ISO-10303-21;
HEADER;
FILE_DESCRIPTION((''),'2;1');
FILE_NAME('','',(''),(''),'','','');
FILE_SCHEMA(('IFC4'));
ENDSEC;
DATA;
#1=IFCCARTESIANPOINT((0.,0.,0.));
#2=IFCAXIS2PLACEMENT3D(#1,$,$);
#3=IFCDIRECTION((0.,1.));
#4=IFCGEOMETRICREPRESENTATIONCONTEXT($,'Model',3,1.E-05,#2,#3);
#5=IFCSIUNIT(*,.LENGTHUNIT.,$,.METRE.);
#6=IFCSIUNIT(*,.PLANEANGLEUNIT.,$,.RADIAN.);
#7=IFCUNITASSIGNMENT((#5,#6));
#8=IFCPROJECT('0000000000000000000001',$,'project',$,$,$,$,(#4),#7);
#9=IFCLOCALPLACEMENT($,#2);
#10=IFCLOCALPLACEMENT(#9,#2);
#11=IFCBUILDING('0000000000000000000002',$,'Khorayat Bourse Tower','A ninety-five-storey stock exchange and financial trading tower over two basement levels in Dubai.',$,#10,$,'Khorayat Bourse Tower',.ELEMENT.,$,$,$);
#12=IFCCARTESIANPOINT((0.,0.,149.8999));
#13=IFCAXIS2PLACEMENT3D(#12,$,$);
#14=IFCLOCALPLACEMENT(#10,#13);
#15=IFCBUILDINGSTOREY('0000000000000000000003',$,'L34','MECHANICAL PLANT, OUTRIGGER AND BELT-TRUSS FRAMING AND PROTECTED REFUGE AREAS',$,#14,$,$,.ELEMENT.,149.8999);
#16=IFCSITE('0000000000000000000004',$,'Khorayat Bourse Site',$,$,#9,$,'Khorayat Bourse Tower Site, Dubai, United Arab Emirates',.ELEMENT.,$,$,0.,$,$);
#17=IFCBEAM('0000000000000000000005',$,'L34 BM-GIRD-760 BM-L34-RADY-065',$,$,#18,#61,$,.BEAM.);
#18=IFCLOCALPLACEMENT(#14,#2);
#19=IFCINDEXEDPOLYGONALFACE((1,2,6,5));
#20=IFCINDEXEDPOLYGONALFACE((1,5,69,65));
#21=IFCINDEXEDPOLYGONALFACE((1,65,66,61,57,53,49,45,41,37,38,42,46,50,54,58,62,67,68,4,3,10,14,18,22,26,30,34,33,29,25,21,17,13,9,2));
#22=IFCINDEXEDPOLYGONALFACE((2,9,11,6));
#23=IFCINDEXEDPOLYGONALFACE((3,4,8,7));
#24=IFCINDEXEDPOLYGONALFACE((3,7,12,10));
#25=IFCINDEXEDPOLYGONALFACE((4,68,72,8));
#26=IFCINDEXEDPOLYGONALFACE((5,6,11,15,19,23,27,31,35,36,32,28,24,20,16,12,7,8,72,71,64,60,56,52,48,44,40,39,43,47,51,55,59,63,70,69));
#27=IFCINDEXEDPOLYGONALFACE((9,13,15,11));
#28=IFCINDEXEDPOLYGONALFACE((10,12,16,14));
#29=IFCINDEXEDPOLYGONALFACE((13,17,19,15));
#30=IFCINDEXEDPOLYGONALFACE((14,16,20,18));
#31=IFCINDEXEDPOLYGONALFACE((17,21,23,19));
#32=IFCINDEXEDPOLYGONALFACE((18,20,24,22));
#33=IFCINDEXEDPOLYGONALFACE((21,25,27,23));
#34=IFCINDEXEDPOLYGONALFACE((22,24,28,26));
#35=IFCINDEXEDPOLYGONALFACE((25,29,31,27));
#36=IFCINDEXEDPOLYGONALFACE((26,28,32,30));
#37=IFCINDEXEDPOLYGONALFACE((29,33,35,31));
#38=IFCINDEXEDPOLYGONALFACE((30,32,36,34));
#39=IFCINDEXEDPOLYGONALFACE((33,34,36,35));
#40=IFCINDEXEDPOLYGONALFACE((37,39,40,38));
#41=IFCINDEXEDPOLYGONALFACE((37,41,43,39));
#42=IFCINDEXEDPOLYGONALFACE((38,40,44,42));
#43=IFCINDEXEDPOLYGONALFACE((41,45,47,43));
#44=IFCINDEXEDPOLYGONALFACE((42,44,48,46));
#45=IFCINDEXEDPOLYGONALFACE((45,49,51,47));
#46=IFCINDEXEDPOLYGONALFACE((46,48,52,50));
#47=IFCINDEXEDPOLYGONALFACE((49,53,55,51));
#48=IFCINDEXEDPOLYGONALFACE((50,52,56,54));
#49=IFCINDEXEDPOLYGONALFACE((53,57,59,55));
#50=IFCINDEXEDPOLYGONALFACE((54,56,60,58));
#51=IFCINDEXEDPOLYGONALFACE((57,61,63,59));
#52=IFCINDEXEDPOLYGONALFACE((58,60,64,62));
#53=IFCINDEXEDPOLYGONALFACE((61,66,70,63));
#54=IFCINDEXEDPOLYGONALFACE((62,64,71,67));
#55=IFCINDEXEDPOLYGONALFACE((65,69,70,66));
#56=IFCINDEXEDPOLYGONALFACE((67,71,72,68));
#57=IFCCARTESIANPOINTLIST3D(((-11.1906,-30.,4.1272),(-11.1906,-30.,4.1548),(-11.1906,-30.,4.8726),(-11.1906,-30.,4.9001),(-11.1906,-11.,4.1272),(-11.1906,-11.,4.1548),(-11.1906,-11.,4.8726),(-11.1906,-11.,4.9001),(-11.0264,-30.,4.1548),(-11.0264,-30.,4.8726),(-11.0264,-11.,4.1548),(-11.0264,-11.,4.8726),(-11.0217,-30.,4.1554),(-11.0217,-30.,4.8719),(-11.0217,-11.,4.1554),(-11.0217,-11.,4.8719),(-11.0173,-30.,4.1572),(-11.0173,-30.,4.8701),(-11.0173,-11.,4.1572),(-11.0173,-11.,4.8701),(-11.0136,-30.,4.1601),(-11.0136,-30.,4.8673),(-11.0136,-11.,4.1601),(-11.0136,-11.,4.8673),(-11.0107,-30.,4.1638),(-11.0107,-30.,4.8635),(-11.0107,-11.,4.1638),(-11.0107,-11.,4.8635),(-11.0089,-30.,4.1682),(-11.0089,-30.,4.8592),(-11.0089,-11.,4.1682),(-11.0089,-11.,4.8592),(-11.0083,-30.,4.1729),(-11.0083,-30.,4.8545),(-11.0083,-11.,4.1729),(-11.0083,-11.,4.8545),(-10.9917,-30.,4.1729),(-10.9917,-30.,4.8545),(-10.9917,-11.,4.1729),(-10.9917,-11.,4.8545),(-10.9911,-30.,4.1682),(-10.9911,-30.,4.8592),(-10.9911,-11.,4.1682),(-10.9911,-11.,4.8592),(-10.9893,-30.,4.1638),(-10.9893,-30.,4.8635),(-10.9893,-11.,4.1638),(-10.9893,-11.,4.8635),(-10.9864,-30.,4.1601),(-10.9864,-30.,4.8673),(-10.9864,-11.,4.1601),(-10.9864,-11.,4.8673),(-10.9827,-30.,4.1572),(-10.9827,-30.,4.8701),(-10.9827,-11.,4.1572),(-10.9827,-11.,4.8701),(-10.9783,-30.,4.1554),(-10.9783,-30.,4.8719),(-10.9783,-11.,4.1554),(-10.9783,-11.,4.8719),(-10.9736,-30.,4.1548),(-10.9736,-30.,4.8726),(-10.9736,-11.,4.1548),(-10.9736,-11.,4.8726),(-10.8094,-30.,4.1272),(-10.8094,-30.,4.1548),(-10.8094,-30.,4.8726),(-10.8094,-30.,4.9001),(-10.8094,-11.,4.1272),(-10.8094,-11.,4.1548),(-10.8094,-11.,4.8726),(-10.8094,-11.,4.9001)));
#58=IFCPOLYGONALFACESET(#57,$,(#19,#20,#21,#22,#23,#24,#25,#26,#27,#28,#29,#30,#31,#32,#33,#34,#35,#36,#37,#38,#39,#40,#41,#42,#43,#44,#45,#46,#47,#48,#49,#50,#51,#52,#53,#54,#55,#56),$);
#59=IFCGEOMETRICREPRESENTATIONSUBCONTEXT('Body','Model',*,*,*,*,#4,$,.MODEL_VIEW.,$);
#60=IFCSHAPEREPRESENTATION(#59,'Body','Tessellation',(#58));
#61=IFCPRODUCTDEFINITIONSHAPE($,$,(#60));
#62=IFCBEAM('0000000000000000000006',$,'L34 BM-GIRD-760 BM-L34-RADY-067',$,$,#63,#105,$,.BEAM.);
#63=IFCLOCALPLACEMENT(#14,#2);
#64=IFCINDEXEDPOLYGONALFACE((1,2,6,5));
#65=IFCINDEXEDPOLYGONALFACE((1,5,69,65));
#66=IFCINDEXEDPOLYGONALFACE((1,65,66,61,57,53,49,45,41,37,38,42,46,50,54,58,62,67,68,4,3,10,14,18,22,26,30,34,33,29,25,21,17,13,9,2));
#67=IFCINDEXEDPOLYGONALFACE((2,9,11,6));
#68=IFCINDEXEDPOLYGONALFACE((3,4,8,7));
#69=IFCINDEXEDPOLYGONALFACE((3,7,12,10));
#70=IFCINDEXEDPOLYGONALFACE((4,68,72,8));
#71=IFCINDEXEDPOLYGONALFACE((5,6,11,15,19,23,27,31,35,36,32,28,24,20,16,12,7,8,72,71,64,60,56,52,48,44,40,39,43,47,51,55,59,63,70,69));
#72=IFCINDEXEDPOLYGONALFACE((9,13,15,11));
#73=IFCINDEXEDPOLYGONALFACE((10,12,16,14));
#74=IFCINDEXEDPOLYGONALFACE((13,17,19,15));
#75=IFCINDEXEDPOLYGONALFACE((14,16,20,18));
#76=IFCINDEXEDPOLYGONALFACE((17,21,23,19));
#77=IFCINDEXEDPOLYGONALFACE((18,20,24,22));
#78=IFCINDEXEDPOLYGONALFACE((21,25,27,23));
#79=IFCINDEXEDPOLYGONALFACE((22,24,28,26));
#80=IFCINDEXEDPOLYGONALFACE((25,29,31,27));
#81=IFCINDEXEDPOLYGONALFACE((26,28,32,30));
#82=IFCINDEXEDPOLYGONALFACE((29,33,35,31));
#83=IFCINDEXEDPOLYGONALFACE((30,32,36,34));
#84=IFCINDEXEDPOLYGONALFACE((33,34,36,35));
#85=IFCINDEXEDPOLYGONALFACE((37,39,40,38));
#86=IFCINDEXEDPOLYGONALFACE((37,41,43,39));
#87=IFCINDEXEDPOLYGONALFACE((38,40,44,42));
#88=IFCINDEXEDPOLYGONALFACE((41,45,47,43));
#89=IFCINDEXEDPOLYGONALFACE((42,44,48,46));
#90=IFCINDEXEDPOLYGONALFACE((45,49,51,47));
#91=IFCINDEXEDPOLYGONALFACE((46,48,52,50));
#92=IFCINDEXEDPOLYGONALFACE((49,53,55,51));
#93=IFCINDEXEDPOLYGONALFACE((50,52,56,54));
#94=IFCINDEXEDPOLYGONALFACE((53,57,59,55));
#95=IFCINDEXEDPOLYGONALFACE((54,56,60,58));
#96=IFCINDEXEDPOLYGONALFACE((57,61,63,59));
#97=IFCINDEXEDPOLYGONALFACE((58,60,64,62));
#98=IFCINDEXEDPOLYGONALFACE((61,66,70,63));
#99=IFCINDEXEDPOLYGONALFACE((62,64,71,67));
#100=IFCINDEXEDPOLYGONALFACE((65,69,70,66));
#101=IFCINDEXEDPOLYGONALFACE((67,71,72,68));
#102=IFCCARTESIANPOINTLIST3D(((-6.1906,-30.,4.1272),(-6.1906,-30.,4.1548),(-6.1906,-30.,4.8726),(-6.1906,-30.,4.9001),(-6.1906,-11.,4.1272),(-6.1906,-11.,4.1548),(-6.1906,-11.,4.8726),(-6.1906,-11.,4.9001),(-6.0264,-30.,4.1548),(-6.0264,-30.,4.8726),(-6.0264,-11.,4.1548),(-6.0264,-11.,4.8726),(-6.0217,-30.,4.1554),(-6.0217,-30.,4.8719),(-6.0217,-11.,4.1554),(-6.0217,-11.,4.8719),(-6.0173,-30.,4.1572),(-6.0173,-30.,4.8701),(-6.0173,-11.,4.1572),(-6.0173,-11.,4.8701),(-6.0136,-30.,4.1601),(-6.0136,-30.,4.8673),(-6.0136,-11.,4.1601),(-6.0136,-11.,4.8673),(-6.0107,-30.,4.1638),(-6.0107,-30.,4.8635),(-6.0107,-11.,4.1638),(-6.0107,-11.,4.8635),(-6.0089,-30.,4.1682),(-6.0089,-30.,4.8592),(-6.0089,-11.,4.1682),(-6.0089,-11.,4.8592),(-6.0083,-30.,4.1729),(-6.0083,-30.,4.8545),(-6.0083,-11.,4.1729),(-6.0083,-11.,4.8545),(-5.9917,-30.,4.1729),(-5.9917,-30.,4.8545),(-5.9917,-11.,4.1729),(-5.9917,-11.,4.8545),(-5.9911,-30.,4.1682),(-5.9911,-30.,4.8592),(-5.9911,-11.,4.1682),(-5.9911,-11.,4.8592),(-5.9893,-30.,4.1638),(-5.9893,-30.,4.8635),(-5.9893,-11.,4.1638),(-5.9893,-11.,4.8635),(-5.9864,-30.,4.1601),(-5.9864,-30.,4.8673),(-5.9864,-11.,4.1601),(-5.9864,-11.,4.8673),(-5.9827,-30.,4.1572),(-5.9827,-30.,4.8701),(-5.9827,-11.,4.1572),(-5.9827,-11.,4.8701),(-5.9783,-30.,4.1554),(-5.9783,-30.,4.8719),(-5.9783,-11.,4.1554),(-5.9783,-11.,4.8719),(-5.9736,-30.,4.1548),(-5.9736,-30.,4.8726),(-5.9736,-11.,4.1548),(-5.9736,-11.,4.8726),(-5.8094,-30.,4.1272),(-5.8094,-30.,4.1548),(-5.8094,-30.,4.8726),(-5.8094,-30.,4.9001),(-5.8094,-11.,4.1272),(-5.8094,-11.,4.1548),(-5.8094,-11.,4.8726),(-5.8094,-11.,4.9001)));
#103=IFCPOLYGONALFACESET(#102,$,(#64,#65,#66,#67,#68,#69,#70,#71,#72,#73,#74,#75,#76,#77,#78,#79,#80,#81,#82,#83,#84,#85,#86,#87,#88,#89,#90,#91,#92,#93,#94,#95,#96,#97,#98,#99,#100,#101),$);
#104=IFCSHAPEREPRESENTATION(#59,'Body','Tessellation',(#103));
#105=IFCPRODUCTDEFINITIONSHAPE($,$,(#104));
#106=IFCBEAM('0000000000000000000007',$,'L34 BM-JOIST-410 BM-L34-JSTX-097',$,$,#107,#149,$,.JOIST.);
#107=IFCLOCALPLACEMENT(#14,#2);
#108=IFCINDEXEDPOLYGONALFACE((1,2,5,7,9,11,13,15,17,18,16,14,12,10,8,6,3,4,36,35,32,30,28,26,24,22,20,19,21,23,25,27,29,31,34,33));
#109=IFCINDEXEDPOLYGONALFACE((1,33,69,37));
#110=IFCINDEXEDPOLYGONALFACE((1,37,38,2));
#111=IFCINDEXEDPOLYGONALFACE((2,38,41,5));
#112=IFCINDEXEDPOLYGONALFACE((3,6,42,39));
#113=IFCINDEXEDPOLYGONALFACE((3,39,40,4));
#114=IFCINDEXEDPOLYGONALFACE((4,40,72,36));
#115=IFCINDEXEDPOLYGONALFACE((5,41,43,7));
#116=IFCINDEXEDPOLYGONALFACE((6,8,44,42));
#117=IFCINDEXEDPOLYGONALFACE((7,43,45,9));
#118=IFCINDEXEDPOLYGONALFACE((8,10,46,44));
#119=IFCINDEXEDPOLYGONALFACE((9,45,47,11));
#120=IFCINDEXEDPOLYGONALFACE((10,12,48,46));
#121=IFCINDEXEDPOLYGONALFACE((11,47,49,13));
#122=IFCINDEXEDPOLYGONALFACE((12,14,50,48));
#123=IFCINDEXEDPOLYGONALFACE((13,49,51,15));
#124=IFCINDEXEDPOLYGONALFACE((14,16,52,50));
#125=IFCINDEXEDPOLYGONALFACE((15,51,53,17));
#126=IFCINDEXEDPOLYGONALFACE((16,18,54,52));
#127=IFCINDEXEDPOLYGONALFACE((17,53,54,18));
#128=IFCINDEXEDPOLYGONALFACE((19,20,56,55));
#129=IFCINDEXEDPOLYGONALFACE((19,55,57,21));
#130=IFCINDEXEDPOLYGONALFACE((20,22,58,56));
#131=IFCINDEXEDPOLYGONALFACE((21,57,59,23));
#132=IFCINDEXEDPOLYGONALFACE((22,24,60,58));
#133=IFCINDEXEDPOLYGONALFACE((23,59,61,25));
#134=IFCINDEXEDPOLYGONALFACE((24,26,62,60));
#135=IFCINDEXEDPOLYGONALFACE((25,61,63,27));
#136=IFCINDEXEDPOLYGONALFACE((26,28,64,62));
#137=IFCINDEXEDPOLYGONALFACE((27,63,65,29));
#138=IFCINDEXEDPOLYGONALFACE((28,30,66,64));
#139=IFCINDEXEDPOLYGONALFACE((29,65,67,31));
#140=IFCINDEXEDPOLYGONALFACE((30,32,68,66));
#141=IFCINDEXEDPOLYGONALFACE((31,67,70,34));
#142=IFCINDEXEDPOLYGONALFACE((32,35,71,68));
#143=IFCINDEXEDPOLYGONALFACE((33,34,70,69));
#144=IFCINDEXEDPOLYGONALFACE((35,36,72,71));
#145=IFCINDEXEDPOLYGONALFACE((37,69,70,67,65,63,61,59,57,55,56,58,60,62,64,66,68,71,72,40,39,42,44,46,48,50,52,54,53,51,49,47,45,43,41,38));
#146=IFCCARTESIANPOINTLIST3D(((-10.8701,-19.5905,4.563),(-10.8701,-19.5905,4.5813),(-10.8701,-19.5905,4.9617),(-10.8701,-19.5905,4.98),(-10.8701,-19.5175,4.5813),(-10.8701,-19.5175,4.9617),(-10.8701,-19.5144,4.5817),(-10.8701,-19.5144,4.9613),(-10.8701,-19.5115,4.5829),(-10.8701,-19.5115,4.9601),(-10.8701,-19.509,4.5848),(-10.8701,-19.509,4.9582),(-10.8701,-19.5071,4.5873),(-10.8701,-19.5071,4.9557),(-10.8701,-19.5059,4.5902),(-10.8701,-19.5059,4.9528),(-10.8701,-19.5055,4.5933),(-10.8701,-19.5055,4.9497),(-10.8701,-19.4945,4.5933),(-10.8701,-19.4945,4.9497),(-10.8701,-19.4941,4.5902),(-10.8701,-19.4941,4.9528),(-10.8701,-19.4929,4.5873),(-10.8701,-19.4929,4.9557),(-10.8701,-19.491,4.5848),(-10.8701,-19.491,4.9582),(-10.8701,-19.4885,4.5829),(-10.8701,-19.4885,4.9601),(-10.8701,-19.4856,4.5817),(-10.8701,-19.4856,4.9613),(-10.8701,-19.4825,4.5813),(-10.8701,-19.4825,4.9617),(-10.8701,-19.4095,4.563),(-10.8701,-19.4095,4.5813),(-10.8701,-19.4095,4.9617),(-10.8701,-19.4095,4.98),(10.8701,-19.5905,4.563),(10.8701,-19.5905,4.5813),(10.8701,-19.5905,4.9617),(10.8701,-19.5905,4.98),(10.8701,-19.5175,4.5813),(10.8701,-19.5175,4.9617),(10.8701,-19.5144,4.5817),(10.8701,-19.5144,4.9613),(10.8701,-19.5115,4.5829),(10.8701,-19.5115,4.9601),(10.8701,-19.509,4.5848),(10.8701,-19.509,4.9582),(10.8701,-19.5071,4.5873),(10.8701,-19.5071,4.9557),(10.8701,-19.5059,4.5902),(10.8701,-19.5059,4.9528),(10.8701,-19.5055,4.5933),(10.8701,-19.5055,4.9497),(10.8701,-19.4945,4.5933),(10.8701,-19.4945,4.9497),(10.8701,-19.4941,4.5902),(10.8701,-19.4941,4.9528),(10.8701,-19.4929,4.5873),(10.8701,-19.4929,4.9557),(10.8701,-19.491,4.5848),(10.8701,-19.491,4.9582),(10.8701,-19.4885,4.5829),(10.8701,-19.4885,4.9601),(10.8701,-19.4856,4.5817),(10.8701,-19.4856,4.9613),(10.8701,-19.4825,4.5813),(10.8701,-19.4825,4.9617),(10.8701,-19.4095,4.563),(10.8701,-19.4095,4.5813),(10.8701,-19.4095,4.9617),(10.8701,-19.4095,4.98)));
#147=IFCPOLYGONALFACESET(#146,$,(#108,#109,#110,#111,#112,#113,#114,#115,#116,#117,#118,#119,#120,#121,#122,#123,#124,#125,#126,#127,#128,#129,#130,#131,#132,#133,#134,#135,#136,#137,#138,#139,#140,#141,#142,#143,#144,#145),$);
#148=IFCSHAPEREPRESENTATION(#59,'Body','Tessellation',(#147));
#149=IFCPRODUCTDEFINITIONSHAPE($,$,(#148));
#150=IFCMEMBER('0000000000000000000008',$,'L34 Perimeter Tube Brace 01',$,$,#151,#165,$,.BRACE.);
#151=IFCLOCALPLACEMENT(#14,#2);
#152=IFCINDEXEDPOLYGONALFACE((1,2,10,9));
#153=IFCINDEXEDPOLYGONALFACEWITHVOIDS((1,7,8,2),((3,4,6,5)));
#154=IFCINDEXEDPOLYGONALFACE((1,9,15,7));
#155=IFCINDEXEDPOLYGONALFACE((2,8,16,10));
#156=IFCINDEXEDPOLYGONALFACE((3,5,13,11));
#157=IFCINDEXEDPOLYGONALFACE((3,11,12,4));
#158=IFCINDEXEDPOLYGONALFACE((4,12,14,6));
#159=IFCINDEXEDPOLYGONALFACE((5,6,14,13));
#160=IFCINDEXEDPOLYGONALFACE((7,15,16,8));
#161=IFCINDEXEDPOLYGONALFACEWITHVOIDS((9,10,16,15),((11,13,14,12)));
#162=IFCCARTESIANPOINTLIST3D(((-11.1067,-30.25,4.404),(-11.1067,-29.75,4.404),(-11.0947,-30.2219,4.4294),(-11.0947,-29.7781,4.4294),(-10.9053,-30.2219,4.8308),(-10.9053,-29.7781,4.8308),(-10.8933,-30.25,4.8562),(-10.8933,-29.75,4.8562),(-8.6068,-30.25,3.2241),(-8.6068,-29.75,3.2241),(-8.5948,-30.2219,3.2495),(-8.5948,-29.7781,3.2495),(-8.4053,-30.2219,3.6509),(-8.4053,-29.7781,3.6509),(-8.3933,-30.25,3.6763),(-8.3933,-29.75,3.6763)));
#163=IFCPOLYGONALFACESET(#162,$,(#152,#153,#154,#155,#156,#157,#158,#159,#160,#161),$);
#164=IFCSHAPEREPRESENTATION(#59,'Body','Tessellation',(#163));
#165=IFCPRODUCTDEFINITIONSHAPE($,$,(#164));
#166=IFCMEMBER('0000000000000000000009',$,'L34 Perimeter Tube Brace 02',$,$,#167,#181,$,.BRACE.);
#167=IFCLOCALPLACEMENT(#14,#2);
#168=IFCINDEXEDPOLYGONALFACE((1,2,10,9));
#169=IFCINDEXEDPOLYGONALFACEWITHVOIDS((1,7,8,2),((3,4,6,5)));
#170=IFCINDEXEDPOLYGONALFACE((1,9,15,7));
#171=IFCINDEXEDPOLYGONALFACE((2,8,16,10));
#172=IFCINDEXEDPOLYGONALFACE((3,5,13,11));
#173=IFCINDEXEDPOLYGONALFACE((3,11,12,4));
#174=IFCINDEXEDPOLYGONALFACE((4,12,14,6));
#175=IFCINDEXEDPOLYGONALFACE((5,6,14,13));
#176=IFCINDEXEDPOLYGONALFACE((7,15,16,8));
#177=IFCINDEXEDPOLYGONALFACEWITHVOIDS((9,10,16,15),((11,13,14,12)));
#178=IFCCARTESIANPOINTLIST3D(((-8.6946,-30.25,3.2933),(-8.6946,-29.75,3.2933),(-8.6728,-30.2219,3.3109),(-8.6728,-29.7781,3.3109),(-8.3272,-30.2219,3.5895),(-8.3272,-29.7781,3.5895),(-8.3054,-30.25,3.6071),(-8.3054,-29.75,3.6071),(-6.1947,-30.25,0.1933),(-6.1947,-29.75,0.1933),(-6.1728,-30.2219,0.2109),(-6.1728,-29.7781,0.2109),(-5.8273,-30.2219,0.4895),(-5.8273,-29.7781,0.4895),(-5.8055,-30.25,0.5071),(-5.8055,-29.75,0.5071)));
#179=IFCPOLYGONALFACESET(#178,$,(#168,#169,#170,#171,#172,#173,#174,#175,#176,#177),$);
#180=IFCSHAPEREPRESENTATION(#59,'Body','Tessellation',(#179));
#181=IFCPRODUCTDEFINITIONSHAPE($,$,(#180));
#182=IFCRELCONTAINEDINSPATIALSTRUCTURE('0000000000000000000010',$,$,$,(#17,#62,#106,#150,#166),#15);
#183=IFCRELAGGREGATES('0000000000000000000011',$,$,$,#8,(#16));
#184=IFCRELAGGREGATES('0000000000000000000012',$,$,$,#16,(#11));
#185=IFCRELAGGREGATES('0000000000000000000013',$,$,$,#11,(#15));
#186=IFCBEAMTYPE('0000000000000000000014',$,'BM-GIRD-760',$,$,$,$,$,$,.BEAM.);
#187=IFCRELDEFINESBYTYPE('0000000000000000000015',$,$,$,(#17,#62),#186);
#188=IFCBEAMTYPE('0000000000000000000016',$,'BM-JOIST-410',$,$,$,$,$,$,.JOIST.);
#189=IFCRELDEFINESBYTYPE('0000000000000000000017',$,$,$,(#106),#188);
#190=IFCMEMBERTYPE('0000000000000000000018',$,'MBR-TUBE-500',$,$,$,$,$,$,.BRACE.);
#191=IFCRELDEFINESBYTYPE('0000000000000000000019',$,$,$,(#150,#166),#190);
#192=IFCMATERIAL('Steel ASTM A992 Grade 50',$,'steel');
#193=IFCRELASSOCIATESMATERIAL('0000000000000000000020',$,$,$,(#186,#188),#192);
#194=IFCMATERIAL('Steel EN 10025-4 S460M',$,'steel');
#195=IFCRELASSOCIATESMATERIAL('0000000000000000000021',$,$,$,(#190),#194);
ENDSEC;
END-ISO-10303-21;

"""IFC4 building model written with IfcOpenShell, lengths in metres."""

from ifc_helpers import new_model, si_unit, direction, frame, origin, origin_2d, place, context, subcontext, project, spatial, hollow_rectangle, i_section, extrude, source, transform, mapped, material, material_profile, profile_set, type_object, element, save


model = new_model("IFC4")

# Units and contexts
model_context = context("Model", 3, precision=1e-05, world=origin(), true_north=direction((0.0, 1.0)))
body_context = subcontext(model_context, "Body", "Model", "MODEL_VIEW")
ifc_project = project(units=[si_unit("LENGTHUNIT", "METRE"), si_unit("PLANEANGLEUNIT", "RADIAN")], contexts=[model_context])

# Site, building, storey
site_placement = place(None, origin())
site = spatial("IfcSite", under=ifc_project, at=site_placement, Name="Khorayat Bourse Site", LongName="Khorayat Bourse Tower Site, Dubai, United Arab Emirates", CompositionType="ELEMENT", RefElevation=0.0)
building_placement = place(site_placement, origin())
building = spatial("IfcBuilding", under=site, at=building_placement, Name="Khorayat Bourse Tower", Description="A ninety-five-storey stock exchange and financial trading tower over two basement levels in Dubai.", LongName="Khorayat Bourse Tower", CompositionType="ELEMENT")
storey_placement = place(building_placement, frame((0.0, 0.0, 149.8999)))
storey = spatial("IfcBuildingStorey", under=building, at=storey_placement, Name="L34", Description="MECHANICAL PLANT, OUTRIGGER AND BELT-TRUSS FRAMING AND PROTECTED REFUGE AREAS", CompositionType="ELEMENT", Elevation=149.8999)

# Shared definitions
ifc_material_1 = material(Name="Steel EN 10025-4 S460M", Category="steel")

# Beams
ifc_material_2 = material(Name="Steel ASTM A992 Grade 50", Category="steel")
ifc_material_profile_1 = material_profile(ifc_material_2, i_section(OverallWidth=0.3811, OverallDepth=0.7729, WebThickness=0.0166, FlangeThickness=0.0276, FilletRadius=0.0181, at=origin_2d()), Name="W760X257")
ifc_profile_set_1 = profile_set([ifc_material_profile_1], Name="Steel ASTM A992 Grade 50")
beam_type_1 = type_object("IfcBeamType", Name="BM-GIRD-760", PredefinedType="BEAM", material=ifc_profile_set_1)
shared_shape_1 = source(origin(), body_context, "Body", "SweptSolid", [
    extrude(i_section(OverallWidth=0.3811, OverallDepth=0.7729, WebThickness=0.0166, FlangeThickness=0.0276, FilletRadius=0.0181, at=origin_2d()), origin(), (0.0, 0.0, 1.0), 19.0),
])
for number, where, z_axis, x_axis, name in (
    (1, (-11.0, -30.0, 4.5137), (0.0, 1.0, 0.0), (-1.0, 0.0, 0.0), "L34 BM-GIRD-760 BM-L34-RADY-065"),
    (2, (-6.0, -30.0, 4.5137), (0.0, 1.0, 0.0), (-1.0, 0.0, 0.0), "L34 BM-GIRD-760 BM-L34-RADY-067"),
):
    element("IfcBeam", number, at=place(storey_placement, frame(where, z_axis=z_axis, x_axis=x_axis)), inside=storey, type_object=beam_type_1, Name=name, PredefinedType="BEAM", context=body_context, shape_type="MappedRepresentation", body=[
        mapped(shared_shape_1, transform((0.0, 0.0, 0.0), scale=1.0)),
    ])
ifc_material_profile_2 = material_profile(ifc_material_2, i_section(OverallWidth=0.1809, OverallDepth=0.417, WebThickness=0.011, FlangeThickness=0.0183, FilletRadius=0.012, at=origin_2d()), Name="W410X85")
ifc_profile_set_2 = profile_set([ifc_material_profile_2], Name="Steel ASTM A992 Grade 50")
beam_type_2 = type_object("IfcBeamType", Name="BM-JOIST-410", PredefinedType="JOIST", material=ifc_profile_set_2)
shared_shape_2 = source(origin(), body_context, "Body", "SweptSolid", [
    extrude(i_section(OverallWidth=0.1809, OverallDepth=0.417, WebThickness=0.011, FlangeThickness=0.0183, FilletRadius=0.012, at=origin_2d()), origin(), (0.0, 0.0, 1.0), 21.7402),
])
beam_1_placement = place(storey_placement, frame((-10.8701, -19.5, 4.7715), z_axis=(1.0, 0.0, 0.0), x_axis=(0.0, 1.0, 0.0)))
element("IfcBeam", 3, at=beam_1_placement, inside=storey, type_object=beam_type_2, Name="L34 BM-JOIST-410 BM-L34-JSTX-097", PredefinedType="JOIST", context=body_context, shape_type="MappedRepresentation", body=[
    mapped(shared_shape_2, transform((0.0, 0.0, 0.0), scale=1.0)),
])

# Members
ifc_material_profile_3 = material_profile(ifc_material_1, hollow_rectangle(XDim=0.5, YDim=0.5, WallThickness=0.0281, at=origin_2d()), Name="HSS 500x500x28")
ifc_profile_set_3 = profile_set([ifc_material_profile_3], Name="Steel EN 10025-4 S460M")
member_type_1 = type_object("IfcMemberType", Name="MBR-TUBE-500", PredefinedType="BRACE", material=ifc_profile_set_3)
shared_shape_3 = source(origin(), body_context, "Body", "SweptSolid", [
    extrude(hollow_rectangle(XDim=0.5, YDim=0.5, WallThickness=0.0281, at=origin_2d()), origin(), (0.0, 0.0, 1.0), 2.7644),
])
member_1_placement = place(storey_placement, frame((-11.0, -30.0, 4.6301), z_axis=(0.904336, 0.0, -0.426822), x_axis=(0.0, 1.0, 0.0)))
element("IfcMember", 4, at=member_1_placement, inside=storey, type_object=member_type_1, Name="L34 Perimeter Tube Brace 01", PredefinedType="BRACE", context=body_context, shape_type="MappedRepresentation", body=[
    mapped(shared_shape_3, transform((0.0, 0.0, 0.0), scale=1.0)),
])
shared_shape_4 = source(origin(), body_context, "Body", "SweptSolid", [
    extrude(hollow_rectangle(XDim=0.5, YDim=0.5, WallThickness=0.0281, at=origin_2d()), origin(), (0.0, 0.0, 1.0), 3.9824),
])
member_2_placement = place(storey_placement, frame((-8.5, -30.0, 3.4502), z_axis=(0.62774, 0.0, -0.778423), x_axis=(0.0, 1.0, 0.0)))
element("IfcMember", 5, at=member_2_placement, inside=storey, type_object=member_type_1, Name="L34 Perimeter Tube Brace 02", PredefinedType="BRACE", context=body_context, shape_type="MappedRepresentation", body=[
    mapped(shared_shape_4, transform((0.0, 0.0, 0.0), scale=1.0)),
])

save(model, "model.ifc")
